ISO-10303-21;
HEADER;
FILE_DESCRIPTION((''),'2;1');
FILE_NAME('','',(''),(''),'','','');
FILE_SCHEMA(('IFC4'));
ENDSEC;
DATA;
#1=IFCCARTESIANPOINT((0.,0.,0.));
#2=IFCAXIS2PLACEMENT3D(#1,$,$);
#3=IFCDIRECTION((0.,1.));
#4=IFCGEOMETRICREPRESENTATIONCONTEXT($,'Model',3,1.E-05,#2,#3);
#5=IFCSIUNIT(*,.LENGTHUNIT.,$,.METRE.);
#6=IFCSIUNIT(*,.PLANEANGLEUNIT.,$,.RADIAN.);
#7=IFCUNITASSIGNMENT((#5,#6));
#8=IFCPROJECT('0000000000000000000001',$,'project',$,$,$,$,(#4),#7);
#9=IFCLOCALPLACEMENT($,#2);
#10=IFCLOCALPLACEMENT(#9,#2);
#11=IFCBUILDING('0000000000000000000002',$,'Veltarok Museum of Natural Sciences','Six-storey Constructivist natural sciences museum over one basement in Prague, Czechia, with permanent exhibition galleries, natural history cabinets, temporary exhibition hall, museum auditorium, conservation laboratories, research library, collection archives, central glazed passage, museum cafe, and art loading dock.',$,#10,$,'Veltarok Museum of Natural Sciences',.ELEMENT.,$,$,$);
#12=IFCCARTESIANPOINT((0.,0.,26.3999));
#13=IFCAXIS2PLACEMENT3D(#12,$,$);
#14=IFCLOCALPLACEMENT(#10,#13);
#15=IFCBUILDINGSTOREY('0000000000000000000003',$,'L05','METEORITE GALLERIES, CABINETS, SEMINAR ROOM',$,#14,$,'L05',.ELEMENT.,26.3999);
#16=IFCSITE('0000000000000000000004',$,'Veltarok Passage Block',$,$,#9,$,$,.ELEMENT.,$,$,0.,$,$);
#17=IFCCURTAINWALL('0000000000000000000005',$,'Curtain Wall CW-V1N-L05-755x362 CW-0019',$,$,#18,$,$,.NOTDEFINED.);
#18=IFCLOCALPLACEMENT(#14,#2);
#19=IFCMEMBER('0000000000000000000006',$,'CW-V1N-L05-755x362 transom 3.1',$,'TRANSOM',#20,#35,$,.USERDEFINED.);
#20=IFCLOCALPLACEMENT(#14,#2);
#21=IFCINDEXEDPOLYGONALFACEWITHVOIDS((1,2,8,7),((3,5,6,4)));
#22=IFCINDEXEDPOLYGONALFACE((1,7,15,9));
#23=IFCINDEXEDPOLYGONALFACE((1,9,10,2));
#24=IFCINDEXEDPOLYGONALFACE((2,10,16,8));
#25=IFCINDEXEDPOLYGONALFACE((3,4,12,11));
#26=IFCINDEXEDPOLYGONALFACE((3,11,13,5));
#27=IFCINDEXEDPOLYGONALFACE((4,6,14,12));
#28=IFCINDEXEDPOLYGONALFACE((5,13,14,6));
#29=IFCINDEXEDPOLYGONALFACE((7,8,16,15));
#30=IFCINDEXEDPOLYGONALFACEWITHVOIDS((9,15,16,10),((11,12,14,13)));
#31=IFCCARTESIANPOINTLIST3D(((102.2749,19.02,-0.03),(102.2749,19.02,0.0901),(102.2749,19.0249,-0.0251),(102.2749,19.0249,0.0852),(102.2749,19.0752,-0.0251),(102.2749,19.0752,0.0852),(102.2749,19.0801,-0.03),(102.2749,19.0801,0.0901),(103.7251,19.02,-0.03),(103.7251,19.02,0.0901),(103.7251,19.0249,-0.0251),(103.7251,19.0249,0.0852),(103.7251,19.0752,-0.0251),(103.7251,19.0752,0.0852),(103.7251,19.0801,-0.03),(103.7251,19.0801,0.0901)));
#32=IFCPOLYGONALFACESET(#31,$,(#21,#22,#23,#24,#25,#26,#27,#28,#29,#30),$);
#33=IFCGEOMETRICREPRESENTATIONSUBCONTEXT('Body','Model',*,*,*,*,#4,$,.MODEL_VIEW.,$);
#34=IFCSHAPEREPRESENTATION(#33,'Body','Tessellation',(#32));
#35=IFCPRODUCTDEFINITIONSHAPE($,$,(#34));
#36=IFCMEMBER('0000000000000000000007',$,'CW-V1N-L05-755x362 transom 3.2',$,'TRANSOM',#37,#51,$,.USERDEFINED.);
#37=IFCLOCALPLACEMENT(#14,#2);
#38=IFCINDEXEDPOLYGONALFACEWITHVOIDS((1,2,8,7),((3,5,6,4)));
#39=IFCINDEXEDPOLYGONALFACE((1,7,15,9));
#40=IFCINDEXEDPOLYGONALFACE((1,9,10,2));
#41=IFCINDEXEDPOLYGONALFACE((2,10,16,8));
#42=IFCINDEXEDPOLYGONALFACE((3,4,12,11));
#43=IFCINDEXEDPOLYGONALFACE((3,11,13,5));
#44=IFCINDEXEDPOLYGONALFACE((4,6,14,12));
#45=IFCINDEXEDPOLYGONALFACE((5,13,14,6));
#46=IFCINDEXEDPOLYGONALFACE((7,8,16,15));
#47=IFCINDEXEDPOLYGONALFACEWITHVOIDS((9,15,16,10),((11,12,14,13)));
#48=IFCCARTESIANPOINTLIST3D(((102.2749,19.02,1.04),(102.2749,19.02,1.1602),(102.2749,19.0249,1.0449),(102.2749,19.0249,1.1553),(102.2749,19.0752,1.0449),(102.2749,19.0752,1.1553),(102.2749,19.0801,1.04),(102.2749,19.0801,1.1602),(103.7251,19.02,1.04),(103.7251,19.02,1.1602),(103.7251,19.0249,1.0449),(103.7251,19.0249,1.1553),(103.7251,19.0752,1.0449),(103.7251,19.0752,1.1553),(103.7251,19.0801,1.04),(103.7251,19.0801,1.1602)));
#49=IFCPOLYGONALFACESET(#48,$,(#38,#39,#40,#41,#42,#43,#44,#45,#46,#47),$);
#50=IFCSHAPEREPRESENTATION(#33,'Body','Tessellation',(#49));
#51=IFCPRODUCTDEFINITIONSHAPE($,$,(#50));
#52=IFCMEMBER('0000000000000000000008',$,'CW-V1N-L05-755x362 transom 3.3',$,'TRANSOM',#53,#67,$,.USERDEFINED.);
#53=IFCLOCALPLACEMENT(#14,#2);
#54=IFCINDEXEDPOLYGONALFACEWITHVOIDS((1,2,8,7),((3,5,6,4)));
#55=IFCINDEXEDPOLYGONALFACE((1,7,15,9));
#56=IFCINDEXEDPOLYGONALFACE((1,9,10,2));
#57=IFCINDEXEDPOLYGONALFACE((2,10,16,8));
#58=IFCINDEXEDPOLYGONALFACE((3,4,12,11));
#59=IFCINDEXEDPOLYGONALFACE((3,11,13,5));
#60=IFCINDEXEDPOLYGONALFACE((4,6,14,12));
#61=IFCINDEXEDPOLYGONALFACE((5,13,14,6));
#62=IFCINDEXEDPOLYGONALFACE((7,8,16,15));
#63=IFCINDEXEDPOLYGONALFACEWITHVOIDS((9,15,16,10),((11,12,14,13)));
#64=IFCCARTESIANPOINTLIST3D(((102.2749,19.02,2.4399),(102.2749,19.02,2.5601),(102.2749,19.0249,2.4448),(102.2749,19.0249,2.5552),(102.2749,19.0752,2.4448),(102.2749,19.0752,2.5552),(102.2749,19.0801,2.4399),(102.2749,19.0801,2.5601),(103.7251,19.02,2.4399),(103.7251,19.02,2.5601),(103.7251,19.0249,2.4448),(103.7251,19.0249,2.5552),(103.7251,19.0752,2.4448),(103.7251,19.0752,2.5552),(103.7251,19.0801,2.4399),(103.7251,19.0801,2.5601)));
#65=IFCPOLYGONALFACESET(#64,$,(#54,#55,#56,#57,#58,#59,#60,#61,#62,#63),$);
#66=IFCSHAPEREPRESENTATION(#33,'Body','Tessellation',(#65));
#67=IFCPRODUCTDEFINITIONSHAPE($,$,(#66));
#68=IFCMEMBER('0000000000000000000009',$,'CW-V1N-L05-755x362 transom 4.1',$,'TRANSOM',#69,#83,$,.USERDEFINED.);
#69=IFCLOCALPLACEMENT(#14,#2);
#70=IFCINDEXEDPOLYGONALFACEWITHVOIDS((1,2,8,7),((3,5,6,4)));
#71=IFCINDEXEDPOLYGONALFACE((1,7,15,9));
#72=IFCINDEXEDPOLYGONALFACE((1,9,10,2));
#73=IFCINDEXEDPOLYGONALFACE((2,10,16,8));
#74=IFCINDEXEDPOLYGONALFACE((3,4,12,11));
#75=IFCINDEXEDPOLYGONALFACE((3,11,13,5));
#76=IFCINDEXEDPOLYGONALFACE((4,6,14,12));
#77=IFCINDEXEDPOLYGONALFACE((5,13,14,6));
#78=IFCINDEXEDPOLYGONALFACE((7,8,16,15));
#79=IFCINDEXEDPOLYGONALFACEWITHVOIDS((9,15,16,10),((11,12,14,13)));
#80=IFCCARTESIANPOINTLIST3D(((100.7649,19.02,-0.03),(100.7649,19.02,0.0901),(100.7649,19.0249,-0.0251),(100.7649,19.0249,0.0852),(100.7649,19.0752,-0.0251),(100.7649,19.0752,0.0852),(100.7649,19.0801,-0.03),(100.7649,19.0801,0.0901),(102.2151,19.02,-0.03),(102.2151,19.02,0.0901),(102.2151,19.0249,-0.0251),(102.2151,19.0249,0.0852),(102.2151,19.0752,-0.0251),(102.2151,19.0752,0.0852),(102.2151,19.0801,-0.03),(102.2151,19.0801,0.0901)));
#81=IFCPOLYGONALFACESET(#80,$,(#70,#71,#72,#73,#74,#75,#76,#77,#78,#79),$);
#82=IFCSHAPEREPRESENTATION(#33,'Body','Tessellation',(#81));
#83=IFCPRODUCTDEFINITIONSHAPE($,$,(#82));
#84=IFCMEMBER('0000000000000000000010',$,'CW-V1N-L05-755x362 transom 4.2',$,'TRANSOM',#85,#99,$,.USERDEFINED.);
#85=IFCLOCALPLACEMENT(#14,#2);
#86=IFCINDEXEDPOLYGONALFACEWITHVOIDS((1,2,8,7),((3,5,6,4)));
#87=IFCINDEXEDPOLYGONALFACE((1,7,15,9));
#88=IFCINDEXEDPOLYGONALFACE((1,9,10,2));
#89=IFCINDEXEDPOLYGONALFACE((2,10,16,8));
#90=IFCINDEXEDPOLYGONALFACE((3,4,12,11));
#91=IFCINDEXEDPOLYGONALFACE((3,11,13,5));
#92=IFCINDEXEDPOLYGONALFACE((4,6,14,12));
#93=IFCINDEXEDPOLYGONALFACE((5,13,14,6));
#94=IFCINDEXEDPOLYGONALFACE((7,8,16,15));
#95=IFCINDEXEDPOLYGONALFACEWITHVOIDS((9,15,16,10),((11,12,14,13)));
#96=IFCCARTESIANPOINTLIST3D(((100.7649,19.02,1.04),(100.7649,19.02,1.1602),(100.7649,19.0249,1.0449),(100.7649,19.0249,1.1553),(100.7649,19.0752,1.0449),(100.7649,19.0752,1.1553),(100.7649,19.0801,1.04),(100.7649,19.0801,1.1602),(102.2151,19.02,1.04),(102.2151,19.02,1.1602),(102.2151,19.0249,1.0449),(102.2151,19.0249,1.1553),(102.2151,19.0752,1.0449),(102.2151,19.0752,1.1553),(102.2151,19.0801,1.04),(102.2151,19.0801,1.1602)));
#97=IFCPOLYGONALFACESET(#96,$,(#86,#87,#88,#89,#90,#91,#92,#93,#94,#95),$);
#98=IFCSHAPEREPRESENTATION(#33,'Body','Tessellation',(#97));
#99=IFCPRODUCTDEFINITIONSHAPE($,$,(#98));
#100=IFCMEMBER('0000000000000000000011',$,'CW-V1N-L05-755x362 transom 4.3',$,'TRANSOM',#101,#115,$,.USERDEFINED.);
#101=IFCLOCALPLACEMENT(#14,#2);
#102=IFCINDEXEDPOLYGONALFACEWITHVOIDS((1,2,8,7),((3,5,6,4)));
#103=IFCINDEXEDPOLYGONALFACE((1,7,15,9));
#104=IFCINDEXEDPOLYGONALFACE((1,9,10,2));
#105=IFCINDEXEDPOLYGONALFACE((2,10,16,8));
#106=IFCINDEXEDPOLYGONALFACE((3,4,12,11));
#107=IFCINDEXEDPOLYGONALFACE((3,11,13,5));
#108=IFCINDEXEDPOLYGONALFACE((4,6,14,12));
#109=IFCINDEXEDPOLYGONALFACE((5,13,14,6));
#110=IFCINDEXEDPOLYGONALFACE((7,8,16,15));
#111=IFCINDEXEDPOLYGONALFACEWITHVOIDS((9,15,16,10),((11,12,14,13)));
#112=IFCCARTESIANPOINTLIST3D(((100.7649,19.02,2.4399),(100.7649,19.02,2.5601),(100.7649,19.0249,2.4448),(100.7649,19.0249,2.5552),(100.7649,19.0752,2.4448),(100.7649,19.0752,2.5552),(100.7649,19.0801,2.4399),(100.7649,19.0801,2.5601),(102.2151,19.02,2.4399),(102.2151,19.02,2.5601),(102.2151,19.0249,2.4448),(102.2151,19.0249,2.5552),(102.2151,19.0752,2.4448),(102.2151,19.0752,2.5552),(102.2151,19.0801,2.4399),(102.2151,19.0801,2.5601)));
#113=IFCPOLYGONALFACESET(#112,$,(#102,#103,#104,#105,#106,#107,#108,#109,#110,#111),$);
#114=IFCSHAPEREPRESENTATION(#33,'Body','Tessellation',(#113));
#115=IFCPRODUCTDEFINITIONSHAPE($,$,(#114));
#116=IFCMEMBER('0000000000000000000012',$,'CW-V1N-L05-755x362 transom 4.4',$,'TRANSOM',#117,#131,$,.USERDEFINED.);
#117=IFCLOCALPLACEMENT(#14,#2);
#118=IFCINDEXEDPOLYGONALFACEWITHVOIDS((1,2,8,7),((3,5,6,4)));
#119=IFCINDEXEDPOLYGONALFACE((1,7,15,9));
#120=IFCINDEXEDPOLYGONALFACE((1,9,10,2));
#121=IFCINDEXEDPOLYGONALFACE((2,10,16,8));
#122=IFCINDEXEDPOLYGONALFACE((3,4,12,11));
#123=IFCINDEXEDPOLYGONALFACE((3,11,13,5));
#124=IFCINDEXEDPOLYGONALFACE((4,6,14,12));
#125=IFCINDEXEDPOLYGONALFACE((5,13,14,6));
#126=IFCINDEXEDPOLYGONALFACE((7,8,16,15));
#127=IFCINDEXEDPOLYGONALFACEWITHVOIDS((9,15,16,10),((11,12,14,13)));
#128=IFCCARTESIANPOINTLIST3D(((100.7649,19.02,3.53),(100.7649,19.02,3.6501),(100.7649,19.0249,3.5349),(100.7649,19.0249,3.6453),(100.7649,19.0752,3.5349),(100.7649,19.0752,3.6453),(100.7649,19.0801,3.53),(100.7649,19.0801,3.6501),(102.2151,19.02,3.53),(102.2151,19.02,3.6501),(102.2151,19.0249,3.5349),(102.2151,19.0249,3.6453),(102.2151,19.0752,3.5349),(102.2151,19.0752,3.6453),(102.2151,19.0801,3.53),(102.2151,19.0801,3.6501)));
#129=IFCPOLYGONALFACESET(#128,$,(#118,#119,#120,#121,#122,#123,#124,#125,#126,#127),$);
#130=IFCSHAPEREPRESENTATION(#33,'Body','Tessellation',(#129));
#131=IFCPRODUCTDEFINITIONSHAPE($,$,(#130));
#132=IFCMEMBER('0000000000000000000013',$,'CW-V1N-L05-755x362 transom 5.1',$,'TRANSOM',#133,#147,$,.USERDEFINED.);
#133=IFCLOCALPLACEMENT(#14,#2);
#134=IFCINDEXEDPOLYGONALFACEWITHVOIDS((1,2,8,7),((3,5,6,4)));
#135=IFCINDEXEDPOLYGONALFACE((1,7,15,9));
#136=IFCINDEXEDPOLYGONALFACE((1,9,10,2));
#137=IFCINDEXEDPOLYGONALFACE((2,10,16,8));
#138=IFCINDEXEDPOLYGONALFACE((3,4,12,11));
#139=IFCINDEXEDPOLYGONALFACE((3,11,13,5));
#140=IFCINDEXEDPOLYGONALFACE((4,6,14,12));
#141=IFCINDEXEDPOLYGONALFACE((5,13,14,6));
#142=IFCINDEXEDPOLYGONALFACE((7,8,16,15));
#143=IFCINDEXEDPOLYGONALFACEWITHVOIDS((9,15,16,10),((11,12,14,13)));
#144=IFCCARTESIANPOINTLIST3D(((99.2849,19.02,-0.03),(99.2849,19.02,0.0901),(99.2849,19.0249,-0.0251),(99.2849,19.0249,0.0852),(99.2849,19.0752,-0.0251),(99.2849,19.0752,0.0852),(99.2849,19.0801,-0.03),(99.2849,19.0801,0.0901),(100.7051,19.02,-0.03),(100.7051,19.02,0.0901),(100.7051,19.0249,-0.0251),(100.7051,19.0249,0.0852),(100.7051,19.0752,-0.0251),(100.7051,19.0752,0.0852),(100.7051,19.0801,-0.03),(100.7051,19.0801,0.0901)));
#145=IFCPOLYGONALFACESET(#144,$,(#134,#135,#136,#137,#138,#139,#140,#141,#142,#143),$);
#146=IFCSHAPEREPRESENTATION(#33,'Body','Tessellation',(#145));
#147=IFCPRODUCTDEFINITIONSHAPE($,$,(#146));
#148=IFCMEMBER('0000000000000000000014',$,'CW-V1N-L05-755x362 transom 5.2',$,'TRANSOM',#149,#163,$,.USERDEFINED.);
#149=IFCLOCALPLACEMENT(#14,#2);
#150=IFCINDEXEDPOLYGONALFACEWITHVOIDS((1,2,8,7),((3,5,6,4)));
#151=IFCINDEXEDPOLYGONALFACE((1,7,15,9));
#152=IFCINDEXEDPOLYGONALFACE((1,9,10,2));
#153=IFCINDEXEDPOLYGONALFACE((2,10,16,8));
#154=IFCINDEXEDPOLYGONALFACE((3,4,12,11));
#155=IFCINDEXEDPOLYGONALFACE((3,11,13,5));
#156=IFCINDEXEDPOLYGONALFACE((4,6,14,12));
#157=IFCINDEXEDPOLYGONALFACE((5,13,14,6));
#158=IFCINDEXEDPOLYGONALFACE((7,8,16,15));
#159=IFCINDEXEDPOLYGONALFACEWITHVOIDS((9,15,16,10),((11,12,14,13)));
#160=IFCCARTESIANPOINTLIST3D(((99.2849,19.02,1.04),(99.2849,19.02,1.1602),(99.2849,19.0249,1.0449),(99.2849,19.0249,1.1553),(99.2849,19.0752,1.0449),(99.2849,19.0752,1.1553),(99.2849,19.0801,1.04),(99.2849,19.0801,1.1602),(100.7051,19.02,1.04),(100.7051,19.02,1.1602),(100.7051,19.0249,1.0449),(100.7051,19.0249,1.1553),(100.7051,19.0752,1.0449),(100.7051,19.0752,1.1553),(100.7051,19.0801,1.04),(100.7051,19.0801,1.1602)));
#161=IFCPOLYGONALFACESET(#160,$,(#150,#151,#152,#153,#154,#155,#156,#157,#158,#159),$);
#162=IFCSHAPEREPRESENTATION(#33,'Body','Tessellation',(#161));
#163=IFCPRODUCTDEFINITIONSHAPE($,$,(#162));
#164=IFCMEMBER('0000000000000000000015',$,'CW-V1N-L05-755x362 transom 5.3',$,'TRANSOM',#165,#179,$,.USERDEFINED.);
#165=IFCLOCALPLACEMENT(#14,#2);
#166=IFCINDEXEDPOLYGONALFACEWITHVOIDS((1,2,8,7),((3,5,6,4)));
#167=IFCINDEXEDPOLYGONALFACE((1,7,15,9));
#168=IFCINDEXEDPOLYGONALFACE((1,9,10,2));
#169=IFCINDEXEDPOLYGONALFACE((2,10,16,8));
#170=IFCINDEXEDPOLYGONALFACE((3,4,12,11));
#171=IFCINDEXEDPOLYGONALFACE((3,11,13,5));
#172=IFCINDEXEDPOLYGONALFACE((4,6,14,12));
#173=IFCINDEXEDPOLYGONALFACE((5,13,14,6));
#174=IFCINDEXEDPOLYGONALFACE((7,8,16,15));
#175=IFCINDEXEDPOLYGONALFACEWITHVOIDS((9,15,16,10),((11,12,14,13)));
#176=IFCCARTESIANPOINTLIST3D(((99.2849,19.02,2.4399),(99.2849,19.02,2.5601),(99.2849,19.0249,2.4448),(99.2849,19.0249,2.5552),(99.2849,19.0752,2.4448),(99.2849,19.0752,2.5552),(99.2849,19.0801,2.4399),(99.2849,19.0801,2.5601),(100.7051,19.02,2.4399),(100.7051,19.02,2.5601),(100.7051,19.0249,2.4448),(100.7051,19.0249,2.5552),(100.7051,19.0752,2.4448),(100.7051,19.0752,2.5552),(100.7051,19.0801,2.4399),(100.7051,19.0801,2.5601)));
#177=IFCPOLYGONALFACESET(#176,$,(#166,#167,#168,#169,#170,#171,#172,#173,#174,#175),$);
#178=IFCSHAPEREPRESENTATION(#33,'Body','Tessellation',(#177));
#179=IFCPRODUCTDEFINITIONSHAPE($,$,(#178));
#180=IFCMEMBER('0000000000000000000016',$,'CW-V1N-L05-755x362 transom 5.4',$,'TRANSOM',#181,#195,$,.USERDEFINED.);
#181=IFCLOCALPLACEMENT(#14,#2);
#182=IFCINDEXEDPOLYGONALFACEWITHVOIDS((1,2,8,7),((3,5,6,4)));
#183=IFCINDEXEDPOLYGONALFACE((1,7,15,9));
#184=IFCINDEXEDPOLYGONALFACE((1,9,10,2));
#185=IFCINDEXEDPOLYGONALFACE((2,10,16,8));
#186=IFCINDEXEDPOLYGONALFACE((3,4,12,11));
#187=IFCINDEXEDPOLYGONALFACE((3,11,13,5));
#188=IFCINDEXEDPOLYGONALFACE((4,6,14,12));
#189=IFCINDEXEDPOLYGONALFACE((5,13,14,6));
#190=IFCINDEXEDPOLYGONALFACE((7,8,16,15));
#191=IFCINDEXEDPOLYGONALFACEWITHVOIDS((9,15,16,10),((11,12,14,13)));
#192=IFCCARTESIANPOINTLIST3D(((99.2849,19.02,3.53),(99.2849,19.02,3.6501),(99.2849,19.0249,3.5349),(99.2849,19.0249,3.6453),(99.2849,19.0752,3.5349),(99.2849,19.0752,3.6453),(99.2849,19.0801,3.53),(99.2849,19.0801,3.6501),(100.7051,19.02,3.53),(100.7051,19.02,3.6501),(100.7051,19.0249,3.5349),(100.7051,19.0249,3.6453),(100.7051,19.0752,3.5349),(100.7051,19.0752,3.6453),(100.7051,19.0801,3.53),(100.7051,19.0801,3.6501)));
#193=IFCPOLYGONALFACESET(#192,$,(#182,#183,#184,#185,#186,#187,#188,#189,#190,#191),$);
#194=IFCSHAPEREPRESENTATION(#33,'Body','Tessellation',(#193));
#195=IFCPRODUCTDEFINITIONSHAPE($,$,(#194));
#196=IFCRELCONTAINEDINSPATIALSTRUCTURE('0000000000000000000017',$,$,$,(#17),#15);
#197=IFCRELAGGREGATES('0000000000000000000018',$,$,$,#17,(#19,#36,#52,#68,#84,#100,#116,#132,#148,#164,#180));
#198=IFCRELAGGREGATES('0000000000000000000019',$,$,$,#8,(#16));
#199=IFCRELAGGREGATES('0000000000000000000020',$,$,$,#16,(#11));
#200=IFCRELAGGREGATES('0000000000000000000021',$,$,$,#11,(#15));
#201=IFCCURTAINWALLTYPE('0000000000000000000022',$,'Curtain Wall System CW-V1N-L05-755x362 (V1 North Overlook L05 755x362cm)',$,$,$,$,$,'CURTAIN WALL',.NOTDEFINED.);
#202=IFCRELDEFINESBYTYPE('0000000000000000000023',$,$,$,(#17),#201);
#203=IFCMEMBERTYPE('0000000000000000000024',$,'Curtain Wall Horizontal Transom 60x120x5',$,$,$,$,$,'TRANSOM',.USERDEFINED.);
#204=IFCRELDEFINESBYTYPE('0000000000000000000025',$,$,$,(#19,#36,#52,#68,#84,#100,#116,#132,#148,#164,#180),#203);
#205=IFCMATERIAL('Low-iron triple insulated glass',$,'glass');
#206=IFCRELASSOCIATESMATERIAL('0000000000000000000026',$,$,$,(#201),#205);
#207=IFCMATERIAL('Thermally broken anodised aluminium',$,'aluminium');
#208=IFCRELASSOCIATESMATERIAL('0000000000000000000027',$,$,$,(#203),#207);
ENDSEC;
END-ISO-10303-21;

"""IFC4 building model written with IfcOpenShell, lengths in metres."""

from ifc_helpers import new_model, si_unit, direction, frame, origin, origin_2d, place, context, subcontext, project, spatial, hollow_rectangle, extrude, material, material_profile, profile_set, type_object, element, aggregate, save


model = new_model("IFC4")

# Units and contexts
model_context = context("Model", 3, precision=1e-05, world=origin(), true_north=direction((0.0, 1.0)))
body_context = subcontext(model_context, "Body", "Model", "MODEL_VIEW")
ifc_project = project(units=[si_unit("LENGTHUNIT", "METRE"), si_unit("PLANEANGLEUNIT", "RADIAN")], contexts=[model_context])

# Site, building, storey
site_placement = place(None, origin())
site = spatial("IfcSite", under=ifc_project, at=site_placement, Name="Veltarok Passage Block", CompositionType="ELEMENT", RefElevation=0.0)
building_placement = place(site_placement, origin())
building = spatial("IfcBuilding", under=site, at=building_placement, Name="Veltarok Museum of Natural Sciences", Description="Six-storey Constructivist natural sciences museum over one basement in Prague, Czechia, with permanent exhibition galleries, natural history cabinets, temporary exhibition hall, museum auditorium, conservation laboratories, research library, collection archives, central glazed passage, museum cafe, and art loading dock.", LongName="Veltarok Museum of Natural Sciences", CompositionType="ELEMENT")
storey_placement = place(building_placement, frame((0.0, 0.0, 26.3999)))
storey = spatial("IfcBuildingStorey", under=building, at=storey_placement, Name="L05", Description="METEORITE GALLERIES, CABINETS, SEMINAR ROOM", LongName="L05", CompositionType="ELEMENT", Elevation=26.3999)

# Curtain wall, members
ifc_material_1 = material(Name="Low-iron triple insulated glass", Category="glass")
curtain_wall_type = type_object("IfcCurtainWallType", Name="Curtain Wall System CW-V1N-L05-755x362 (V1 North Overlook L05 755x362cm)", ElementType="CURTAIN WALL", PredefinedType="NOTDEFINED", material=ifc_material_1)
curtain_wall_placement = place(storey_placement, origin())
curtain_wall = element("IfcCurtainWall", 1, at=curtain_wall_placement, inside=storey, type_object=curtain_wall_type, Name="Curtain Wall CW-V1N-L05-755x362 CW-0019", PredefinedType="NOTDEFINED")
ifc_material_2 = material(Name="Thermally broken anodised aluminium", Category="aluminium")
ifc_material_profile_1 = material_profile(ifc_material_2, hollow_rectangle(XDim=0.0601, YDim=0.1201, WallThickness=0.0049, at=origin_2d()), Name="CW TRANSOM 60x120x5")
ifc_profile_set_1 = profile_set([ifc_material_profile_1], Name="Thermally broken anodised aluminium")
member_type_1 = type_object("IfcMemberType", Name="Curtain Wall Horizontal Transom 60x120x5", ElementType="TRANSOM", PredefinedType="USERDEFINED", material=ifc_profile_set_1)
member_1_placement = place(storey_placement, frame((103.7251, 19.05, 0.03), z_axis=(-1.0, 0.0, 0.0), x_axis=(0.0, -1.0, 0.0)))
member_1 = element("IfcMember", 2, at=member_1_placement, type_object=member_type_1, Name="CW-V1N-L05-755x362 transom 3.1", ObjectType="TRANSOM", PredefinedType="USERDEFINED", context=body_context, shape_type="SweptSolid", body=[
    extrude(hollow_rectangle(XDim=0.0601, YDim=0.1201, WallThickness=0.0049, at=origin_2d()), origin(), (0.0, 0.0, 1.0), 1.4502),
])
member_2_placement = place(storey_placement, frame((103.7251, 19.05, 1.1001), z_axis=(-1.0, 0.0, 0.0), x_axis=(0.0, -1.0, 0.0)))
member_2 = element("IfcMember", 3, at=member_2_placement, type_object=member_type_1, Name="CW-V1N-L05-755x362 transom 3.2", ObjectType="TRANSOM", PredefinedType="USERDEFINED", context=body_context, shape_type="SweptSolid", body=[
    extrude(hollow_rectangle(XDim=0.0601, YDim=0.1201, WallThickness=0.0049, at=origin_2d()), origin(), (0.0, 0.0, 1.0), 1.4502),
])
member_3_placement = place(storey_placement, frame((103.7251, 19.05, 2.5), z_axis=(-1.0, 0.0, 0.0), x_axis=(0.0, -1.0, 0.0)))
member_3 = element("IfcMember", 4, at=member_3_placement, type_object=member_type_1, Name="CW-V1N-L05-755x362 transom 3.3", ObjectType="TRANSOM", PredefinedType="USERDEFINED", context=body_context, shape_type="SweptSolid", body=[
    extrude(hollow_rectangle(XDim=0.0601, YDim=0.1201, WallThickness=0.0049, at=origin_2d()), origin(), (0.0, 0.0, 1.0), 1.4502),
])
member_4_placement = place(storey_placement, frame((102.2151, 19.05, 0.03), z_axis=(-1.0, 0.0, 0.0), x_axis=(0.0, -1.0, 0.0)))
member_4 = element("IfcMember", 5, at=member_4_placement, type_object=member_type_1, Name="CW-V1N-L05-755x362 transom 4.1", ObjectType="TRANSOM", PredefinedType="USERDEFINED", context=body_context, shape_type="SweptSolid", body=[
    extrude(hollow_rectangle(XDim=0.0601, YDim=0.1201, WallThickness=0.0049, at=origin_2d()), origin(), (0.0, 0.0, 1.0), 1.4502),
])
member_5_placement = place(storey_placement, frame((102.2151, 19.05, 1.1001), z_axis=(-1.0, 0.0, 0.0), x_axis=(0.0, -1.0, 0.0)))
member_5 = element("IfcMember", 6, at=member_5_placement, type_object=member_type_1, Name="CW-V1N-L05-755x362 transom 4.2", ObjectType="TRANSOM", PredefinedType="USERDEFINED", context=body_context, shape_type="SweptSolid", body=[
    extrude(hollow_rectangle(XDim=0.0601, YDim=0.1201, WallThickness=0.0049, at=origin_2d()), origin(), (0.0, 0.0, 1.0), 1.4502),
])
member_6_placement = place(storey_placement, frame((102.2151, 19.05, 2.5), z_axis=(-1.0, 0.0, 0.0), x_axis=(0.0, -1.0, 0.0)))
member_6 = element("IfcMember", 7, at=member_6_placement, type_object=member_type_1, Name="CW-V1N-L05-755x362 transom 4.3", ObjectType="TRANSOM", PredefinedType="USERDEFINED", context=body_context, shape_type="SweptSolid", body=[
    extrude(hollow_rectangle(XDim=0.0601, YDim=0.1201, WallThickness=0.0049, at=origin_2d()), origin(), (0.0, 0.0, 1.0), 1.4502),
])
member_7_placement = place(storey_placement, frame((102.2151, 19.05, 3.5901), z_axis=(-1.0, 0.0, 0.0), x_axis=(0.0, -1.0, 0.0)))
member_7 = element("IfcMember", 8, at=member_7_placement, type_object=member_type_1, Name="CW-V1N-L05-755x362 transom 4.4", ObjectType="TRANSOM", PredefinedType="USERDEFINED", context=body_context, shape_type="SweptSolid", body=[
    extrude(hollow_rectangle(XDim=0.0601, YDim=0.1201, WallThickness=0.0049, at=origin_2d()), origin(), (0.0, 0.0, 1.0), 1.4502),
])
member_8_placement = place(storey_placement, frame((100.7051, 19.05, 0.03), z_axis=(-1.0, 0.0, 0.0), x_axis=(0.0, -1.0, 0.0)))
member_8 = element("IfcMember", 9, at=member_8_placement, type_object=member_type_1, Name="CW-V1N-L05-755x362 transom 5.1", ObjectType="TRANSOM", PredefinedType="USERDEFINED", context=body_context, shape_type="SweptSolid", body=[
    extrude(hollow_rectangle(XDim=0.0601, YDim=0.1201, WallThickness=0.0049, at=origin_2d()), origin(), (0.0, 0.0, 1.0), 1.4202),
])
member_9_placement = place(storey_placement, frame((100.7051, 19.05, 1.1001), z_axis=(-1.0, 0.0, 0.0), x_axis=(0.0, -1.0, 0.0)))
member_9 = element("IfcMember", 10, at=member_9_placement, type_object=member_type_1, Name="CW-V1N-L05-755x362 transom 5.2", ObjectType="TRANSOM", PredefinedType="USERDEFINED", context=body_context, shape_type="SweptSolid", body=[
    extrude(hollow_rectangle(XDim=0.0601, YDim=0.1201, WallThickness=0.0049, at=origin_2d()), origin(), (0.0, 0.0, 1.0), 1.4202),
])
member_10_placement = place(storey_placement, frame((100.7051, 19.05, 2.5), z_axis=(-1.0, 0.0, 0.0), x_axis=(0.0, -1.0, 0.0)))
member_10 = element("IfcMember", 11, at=member_10_placement, type_object=member_type_1, Name="CW-V1N-L05-755x362 transom 5.3", ObjectType="TRANSOM", PredefinedType="USERDEFINED", context=body_context, shape_type="SweptSolid", body=[
    extrude(hollow_rectangle(XDim=0.0601, YDim=0.1201, WallThickness=0.0049, at=origin_2d()), origin(), (0.0, 0.0, 1.0), 1.4202),
])
member_11_placement = place(storey_placement, frame((100.7051, 19.05, 3.5901), z_axis=(-1.0, 0.0, 0.0), x_axis=(0.0, -1.0, 0.0)))
member_11 = element("IfcMember", 12, at=member_11_placement, type_object=member_type_1, Name="CW-V1N-L05-755x362 transom 5.4", ObjectType="TRANSOM", PredefinedType="USERDEFINED", context=body_context, shape_type="SweptSolid", body=[
    extrude(hollow_rectangle(XDim=0.0601, YDim=0.1201, WallThickness=0.0049, at=origin_2d()), origin(), (0.0, 0.0, 1.0), 1.4202),
])

aggregate(curtain_wall, [member_1, member_2, member_3, member_4, member_5, member_6, member_7, member_8, member_9, member_10, member_11])

save(model, "model.ifc")
